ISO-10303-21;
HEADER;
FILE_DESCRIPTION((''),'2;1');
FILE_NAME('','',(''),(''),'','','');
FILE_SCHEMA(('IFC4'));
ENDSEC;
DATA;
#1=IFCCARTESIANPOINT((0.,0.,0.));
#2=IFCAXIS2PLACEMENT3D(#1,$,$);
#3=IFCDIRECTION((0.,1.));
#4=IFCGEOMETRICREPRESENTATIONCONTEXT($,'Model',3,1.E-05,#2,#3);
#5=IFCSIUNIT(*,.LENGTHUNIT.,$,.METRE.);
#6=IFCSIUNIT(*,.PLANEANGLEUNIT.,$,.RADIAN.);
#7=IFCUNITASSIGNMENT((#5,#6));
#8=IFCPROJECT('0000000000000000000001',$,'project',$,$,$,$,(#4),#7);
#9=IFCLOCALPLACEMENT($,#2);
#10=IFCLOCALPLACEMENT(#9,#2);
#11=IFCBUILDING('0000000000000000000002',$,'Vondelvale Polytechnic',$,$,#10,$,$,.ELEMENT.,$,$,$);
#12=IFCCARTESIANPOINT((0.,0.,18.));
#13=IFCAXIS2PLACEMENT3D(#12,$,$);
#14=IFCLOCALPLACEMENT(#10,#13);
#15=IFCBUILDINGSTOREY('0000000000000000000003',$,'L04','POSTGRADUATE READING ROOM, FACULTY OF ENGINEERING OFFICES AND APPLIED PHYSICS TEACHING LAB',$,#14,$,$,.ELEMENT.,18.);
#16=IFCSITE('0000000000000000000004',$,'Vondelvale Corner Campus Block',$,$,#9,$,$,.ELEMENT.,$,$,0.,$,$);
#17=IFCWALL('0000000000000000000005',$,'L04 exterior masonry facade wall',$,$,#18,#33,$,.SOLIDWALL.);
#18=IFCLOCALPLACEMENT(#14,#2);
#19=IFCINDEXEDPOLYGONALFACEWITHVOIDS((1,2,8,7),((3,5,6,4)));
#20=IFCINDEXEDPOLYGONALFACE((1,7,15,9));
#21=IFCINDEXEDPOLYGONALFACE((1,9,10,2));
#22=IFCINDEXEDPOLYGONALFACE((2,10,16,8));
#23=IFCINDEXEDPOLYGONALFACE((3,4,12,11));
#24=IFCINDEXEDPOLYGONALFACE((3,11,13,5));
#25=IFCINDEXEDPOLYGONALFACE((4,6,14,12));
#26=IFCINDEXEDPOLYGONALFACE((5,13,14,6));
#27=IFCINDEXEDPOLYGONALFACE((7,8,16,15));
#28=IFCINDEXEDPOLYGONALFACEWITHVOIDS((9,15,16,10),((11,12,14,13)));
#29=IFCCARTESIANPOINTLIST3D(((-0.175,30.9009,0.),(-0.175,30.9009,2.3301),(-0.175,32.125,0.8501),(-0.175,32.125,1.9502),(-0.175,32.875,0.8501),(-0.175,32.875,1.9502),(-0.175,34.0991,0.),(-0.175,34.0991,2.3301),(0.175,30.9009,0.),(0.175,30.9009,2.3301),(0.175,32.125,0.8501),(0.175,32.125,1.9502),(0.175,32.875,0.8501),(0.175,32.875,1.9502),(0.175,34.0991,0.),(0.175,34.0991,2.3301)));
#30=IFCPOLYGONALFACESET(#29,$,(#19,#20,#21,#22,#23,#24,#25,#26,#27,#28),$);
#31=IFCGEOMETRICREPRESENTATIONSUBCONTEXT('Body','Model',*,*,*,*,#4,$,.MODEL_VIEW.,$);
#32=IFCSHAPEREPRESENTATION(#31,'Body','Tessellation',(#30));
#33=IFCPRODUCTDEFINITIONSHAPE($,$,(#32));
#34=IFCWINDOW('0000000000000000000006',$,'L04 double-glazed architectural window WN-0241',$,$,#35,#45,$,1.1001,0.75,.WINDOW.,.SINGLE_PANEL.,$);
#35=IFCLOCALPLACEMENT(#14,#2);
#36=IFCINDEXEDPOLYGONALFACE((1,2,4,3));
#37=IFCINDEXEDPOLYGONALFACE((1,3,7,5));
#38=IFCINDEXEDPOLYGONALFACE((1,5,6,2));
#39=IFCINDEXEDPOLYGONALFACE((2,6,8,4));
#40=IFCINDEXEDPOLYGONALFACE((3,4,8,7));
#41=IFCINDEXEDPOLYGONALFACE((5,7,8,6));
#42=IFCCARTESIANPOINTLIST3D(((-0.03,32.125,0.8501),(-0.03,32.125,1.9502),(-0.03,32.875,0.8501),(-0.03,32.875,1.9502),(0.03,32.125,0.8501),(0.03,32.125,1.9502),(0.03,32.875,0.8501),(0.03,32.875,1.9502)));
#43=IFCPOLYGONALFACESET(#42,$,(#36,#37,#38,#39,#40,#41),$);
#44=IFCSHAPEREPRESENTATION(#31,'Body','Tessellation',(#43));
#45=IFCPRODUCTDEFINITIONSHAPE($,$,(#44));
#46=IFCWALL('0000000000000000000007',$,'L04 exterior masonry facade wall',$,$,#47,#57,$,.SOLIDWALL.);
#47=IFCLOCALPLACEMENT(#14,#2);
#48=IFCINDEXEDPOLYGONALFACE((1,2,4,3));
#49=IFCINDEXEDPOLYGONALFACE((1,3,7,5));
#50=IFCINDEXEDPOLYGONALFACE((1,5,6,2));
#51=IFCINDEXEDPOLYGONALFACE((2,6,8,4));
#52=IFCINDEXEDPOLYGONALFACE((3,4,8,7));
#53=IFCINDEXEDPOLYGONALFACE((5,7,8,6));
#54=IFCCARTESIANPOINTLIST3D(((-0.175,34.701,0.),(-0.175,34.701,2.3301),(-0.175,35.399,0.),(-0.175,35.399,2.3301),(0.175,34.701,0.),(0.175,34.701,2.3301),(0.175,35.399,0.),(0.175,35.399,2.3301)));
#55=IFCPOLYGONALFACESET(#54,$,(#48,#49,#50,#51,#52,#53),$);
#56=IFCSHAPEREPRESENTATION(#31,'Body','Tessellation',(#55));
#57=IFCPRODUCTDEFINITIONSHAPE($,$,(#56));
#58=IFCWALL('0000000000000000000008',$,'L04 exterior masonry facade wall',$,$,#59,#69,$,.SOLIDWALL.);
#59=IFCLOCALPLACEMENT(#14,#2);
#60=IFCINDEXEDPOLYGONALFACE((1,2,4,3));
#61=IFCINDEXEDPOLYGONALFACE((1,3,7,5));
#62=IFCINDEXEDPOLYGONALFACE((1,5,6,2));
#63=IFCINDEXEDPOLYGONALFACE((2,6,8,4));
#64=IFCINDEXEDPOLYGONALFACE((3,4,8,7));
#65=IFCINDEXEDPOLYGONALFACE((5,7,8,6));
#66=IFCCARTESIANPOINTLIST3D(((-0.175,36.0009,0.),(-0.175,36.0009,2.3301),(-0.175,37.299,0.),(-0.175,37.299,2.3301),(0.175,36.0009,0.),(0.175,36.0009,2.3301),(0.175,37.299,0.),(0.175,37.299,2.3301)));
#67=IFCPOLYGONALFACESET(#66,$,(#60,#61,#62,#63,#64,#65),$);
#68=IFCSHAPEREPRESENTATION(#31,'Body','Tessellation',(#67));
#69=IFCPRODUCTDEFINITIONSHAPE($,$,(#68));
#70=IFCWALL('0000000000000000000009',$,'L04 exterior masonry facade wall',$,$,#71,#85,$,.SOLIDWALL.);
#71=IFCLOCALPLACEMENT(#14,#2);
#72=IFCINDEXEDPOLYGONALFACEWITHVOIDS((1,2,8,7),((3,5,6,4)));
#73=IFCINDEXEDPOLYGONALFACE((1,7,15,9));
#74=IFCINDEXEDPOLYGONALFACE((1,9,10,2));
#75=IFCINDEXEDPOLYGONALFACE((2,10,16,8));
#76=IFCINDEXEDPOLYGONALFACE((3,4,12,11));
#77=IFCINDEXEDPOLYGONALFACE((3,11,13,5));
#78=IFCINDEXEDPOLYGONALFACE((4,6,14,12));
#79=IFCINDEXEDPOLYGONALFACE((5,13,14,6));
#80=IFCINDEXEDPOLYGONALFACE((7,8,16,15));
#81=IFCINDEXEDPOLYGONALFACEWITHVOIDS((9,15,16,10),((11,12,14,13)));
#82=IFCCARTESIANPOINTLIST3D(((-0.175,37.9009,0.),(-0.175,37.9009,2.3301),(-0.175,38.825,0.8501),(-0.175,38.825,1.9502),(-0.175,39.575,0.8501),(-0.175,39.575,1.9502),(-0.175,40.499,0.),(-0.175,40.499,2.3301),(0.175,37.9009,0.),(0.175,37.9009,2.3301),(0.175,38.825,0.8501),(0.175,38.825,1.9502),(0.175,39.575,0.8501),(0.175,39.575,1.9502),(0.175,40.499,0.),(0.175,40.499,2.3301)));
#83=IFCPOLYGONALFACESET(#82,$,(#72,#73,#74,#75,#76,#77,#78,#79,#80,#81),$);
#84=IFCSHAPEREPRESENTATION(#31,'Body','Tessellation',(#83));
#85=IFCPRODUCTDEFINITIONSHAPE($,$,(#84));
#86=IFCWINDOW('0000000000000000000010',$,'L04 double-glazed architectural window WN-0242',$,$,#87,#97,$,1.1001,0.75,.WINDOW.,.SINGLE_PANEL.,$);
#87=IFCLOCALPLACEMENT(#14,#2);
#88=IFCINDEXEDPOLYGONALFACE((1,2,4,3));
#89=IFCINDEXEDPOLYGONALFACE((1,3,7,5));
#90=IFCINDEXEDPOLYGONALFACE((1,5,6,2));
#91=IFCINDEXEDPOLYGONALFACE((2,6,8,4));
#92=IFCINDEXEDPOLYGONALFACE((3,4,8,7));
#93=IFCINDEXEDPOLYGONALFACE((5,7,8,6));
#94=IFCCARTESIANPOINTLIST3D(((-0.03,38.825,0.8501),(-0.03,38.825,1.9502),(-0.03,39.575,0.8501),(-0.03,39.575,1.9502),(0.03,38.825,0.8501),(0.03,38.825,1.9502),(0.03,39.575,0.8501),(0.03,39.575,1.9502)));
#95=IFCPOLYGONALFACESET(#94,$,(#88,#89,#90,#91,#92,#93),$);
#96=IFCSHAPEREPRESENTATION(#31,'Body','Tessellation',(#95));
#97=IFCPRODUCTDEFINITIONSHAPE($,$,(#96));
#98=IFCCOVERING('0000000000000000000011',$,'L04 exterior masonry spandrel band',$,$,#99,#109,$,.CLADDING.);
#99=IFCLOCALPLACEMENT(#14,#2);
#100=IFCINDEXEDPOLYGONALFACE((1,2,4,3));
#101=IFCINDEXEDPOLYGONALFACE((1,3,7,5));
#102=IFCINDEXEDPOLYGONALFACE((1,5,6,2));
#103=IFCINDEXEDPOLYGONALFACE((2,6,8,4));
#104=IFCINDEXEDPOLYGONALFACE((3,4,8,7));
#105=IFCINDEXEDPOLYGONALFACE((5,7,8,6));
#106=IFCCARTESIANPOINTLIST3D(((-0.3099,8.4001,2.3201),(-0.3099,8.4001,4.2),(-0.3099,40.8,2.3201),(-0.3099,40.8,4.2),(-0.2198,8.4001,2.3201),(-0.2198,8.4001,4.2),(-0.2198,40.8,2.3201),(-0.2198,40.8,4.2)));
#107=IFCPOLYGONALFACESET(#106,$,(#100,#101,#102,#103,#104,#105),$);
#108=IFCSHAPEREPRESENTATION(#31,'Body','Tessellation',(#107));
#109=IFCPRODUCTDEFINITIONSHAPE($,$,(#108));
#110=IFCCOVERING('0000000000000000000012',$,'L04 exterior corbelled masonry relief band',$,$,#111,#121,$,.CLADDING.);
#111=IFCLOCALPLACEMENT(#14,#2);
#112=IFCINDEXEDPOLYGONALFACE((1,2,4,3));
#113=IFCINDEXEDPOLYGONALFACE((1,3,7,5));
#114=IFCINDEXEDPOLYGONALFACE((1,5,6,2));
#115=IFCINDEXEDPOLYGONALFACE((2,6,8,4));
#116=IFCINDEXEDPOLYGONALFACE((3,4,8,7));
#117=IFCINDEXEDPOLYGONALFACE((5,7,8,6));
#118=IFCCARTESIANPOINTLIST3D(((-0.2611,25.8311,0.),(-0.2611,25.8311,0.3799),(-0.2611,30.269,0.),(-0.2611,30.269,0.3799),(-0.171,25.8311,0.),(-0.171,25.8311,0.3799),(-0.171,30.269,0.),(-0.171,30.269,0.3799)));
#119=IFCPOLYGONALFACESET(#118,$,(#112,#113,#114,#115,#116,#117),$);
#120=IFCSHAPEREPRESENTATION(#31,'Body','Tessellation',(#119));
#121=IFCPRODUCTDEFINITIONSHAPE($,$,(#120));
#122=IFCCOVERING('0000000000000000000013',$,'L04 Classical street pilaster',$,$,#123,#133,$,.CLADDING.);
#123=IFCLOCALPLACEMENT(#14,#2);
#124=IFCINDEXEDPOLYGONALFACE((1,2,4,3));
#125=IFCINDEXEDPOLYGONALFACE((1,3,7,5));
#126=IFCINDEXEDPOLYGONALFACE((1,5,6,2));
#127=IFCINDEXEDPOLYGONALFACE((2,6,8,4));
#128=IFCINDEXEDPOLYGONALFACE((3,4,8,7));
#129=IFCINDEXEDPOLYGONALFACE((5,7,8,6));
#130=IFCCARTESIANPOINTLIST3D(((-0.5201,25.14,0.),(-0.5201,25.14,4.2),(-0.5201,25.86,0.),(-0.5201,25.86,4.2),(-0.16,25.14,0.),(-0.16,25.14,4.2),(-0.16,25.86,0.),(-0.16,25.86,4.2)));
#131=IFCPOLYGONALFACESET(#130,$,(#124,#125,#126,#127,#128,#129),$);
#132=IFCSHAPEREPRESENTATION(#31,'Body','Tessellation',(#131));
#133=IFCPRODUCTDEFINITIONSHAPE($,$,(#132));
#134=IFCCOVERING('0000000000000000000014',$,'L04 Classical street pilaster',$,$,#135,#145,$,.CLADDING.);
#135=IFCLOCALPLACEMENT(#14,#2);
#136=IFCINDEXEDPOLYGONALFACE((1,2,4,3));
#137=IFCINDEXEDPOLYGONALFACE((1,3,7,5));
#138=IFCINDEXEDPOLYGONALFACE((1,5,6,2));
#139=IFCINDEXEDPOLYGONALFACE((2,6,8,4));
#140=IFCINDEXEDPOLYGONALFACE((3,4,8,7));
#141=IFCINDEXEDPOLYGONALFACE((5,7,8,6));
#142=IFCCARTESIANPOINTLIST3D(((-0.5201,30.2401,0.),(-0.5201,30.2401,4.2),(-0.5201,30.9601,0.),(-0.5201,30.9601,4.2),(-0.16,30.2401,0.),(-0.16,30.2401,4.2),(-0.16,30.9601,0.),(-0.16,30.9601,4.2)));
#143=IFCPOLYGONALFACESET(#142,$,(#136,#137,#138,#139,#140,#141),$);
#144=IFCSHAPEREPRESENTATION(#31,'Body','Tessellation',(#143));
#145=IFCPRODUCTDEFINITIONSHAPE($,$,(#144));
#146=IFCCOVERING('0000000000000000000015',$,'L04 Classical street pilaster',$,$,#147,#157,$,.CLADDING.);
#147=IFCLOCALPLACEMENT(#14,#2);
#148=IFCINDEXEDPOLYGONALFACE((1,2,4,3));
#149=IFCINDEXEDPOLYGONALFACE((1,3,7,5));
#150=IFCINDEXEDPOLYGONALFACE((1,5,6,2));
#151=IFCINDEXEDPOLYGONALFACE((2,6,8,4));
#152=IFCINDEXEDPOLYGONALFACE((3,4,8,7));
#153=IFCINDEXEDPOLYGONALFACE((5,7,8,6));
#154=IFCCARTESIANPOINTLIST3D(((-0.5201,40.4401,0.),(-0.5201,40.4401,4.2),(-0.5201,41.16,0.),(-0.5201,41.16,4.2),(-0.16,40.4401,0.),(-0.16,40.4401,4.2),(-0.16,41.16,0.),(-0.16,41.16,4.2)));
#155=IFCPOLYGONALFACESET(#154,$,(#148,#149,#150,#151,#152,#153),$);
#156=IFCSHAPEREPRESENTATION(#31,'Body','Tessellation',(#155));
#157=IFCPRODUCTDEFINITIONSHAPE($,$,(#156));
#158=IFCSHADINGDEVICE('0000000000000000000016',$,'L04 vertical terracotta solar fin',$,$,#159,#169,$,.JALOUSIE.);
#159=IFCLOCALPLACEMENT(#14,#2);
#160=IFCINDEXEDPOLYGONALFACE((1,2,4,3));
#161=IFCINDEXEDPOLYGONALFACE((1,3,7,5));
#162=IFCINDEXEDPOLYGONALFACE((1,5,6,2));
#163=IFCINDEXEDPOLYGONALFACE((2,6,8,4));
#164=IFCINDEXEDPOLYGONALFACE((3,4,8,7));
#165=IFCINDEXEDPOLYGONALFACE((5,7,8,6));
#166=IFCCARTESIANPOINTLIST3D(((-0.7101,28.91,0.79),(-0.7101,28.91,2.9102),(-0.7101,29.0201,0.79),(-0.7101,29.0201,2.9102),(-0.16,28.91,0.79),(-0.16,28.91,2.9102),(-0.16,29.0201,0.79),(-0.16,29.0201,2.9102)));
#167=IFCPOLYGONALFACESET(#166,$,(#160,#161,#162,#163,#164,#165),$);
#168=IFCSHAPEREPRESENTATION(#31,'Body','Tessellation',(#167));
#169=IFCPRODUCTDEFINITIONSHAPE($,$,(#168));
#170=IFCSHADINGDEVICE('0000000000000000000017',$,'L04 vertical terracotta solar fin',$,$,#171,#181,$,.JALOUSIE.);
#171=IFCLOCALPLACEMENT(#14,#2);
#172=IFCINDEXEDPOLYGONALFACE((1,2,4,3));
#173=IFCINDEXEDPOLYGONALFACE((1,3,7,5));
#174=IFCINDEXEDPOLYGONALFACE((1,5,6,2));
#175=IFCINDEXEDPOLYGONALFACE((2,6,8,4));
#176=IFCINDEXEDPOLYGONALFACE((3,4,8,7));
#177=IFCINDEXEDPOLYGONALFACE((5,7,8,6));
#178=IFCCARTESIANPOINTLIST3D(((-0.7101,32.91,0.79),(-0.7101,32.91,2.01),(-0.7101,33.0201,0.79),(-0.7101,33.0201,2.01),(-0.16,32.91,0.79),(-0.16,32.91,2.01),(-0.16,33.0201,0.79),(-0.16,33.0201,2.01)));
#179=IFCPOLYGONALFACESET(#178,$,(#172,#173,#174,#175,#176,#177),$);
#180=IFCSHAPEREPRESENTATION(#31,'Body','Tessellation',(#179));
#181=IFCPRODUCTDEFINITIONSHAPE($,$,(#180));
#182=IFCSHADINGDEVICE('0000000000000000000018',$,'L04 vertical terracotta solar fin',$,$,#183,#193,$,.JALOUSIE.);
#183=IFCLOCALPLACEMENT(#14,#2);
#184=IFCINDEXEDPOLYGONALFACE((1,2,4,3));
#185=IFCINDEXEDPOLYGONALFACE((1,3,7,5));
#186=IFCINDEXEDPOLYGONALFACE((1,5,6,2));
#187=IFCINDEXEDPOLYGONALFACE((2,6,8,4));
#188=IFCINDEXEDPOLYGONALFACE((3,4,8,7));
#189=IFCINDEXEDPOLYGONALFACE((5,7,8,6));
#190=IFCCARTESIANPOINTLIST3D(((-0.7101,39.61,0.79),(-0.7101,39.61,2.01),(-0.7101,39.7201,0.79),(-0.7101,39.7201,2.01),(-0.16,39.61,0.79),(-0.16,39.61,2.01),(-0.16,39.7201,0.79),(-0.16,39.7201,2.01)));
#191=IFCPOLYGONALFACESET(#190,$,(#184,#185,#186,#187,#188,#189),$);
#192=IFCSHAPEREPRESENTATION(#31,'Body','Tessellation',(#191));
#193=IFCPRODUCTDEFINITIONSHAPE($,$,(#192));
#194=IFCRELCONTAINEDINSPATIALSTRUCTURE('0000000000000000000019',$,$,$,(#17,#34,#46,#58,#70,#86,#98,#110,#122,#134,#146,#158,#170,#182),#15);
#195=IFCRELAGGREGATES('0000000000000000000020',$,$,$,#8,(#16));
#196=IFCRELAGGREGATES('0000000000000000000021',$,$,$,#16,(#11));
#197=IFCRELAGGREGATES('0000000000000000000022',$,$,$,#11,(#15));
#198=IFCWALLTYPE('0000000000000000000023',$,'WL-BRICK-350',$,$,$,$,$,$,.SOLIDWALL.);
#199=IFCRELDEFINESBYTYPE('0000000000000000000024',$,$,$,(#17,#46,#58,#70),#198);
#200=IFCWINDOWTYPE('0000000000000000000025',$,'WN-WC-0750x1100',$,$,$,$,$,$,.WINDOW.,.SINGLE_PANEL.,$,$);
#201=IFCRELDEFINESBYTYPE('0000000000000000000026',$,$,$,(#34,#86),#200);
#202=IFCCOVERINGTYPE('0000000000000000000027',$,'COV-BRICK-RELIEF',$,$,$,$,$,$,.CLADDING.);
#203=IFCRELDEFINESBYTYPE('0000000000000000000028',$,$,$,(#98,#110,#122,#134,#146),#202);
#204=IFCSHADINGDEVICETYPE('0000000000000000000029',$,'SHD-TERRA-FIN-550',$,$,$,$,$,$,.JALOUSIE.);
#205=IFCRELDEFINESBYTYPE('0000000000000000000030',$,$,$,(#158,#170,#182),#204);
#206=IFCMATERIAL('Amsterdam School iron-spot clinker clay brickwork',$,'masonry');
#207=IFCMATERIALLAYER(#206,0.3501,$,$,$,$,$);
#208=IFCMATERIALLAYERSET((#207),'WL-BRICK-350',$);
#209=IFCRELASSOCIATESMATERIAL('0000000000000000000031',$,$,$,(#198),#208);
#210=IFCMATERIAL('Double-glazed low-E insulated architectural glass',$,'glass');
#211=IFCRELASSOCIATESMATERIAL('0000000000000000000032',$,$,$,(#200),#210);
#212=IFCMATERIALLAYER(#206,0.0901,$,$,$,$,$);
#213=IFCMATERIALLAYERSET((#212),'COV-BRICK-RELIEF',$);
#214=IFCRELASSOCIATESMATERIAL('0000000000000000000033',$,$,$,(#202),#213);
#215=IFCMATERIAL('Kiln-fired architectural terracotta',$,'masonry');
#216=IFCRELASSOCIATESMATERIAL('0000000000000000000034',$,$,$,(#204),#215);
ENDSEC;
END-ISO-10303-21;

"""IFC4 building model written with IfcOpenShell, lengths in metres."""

from ifc_helpers import new_model, si_unit, direction, frame, frame_2d, origin, origin_2d, place, context, subcontext, project, spatial, rectangle, extrude, material, layer, layer_set, type_object, element, fill, save


model = new_model("IFC4")

# Units and contexts
model_context = context("Model", 3, precision=1e-05, world=origin(), true_north=direction((0.0, 1.0)))
body_context = subcontext(model_context, "Body", "Model", "MODEL_VIEW")
ifc_project = project(units=[si_unit("LENGTHUNIT", "METRE"), si_unit("PLANEANGLEUNIT", "RADIAN")], contexts=[model_context])

# Site, building, storey
site_placement = place(None, origin())
site = spatial("IfcSite", under=ifc_project, at=site_placement, Name="Vondelvale Corner Campus Block", CompositionType="ELEMENT", RefElevation=0.0)
building_placement = place(site_placement, origin())
building = spatial("IfcBuilding", under=site, at=building_placement, Name="Vondelvale Polytechnic", CompositionType="ELEMENT")
storey_placement = place(building_placement, frame((0.0, 0.0, 18.0)))
storey = spatial("IfcBuildingStorey", under=building, at=storey_placement, Name="L04", Description="POSTGRADUATE READING ROOM, FACULTY OF ENGINEERING OFFICES AND APPLIED PHYSICS TEACHING LAB", CompositionType="ELEMENT", Elevation=18.0)

# Wall, opening, window
ifc_material_1 = material(Name="Amsterdam School iron-spot clinker clay brickwork", Category="masonry")
ifc_layer_1 = layer(ifc_material_1, 0.3501)
ifc_layer_set_1 = layer_set([ifc_layer_1], Name="WL-BRICK-350")
wall_type = type_object("IfcWallType", Name="WL-BRICK-350", PredefinedType="SOLIDWALL", material=ifc_layer_set_1)
ifc_material_2 = material(Name="Double-glazed low-E insulated architectural glass", Category="glass")
wall_1_placement = place(storey_placement, frame((0.0, 30.9009, 0.0), z_axis=(0.0, 0.0, 1.0), x_axis=(0.0, 1.0, 0.0)))
wall_1 = element("IfcWall", 1, at=wall_1_placement, inside=storey, type_object=wall_type, Name="L04 exterior masonry facade wall", PredefinedType="SOLIDWALL", context=body_context, shape_type="SweptSolid", body=[
    extrude(rectangle(XDim=3.1982, YDim=0.3501, at=frame_2d((1.5991, 0.0))), origin(), (0.0, 0.0, 1.0), 2.3301),
])
opening_1_placement = place(wall_1_placement, frame((1.2241, 0.0, 0.8501)))
opening_1 = element("IfcOpeningElement", 2, at=opening_1_placement, cuts=wall_1, PredefinedType="OPENING", context=body_context, shape_type="SweptSolid", body=[
    extrude(rectangle(XDim=0.75, YDim=1.1001, at=frame_2d((0.375, 0.55))), frame((0.0, 0.1851, 0.0), z_axis=(0.0, -1.0, 0.0), x_axis=(1.0, 0.0, 0.0)), (0.0, 0.0, 1.0), 0.3701),
])
window_type_1 = type_object("IfcWindowType", Name="WN-WC-0750x1100", PartitioningType="SINGLE_PANEL", PredefinedType="WINDOW", material=ifc_material_2)
window_1_placement = place(opening_1_placement, origin())
window_1 = element("IfcWindow", 3, at=window_1_placement, inside=storey, type_object=window_type_1, Name="L04 double-glazed architectural window WN-0241", OverallHeight=1.1001, OverallWidth=0.75, PartitioningType="SINGLE_PANEL", PredefinedType="WINDOW", context=body_context, shape_type="SweptSolid", body=[
    extrude(rectangle(XDim=0.75, YDim=1.1001, at=frame_2d((0.375, 0.55))), frame((0.0, 0.03, 0.0), z_axis=(0.0, -1.0, 0.0), x_axis=(1.0, 0.0, 0.0)), (0.0, 0.0, 1.0), 0.0601),
])
fill(opening_1, window_1)

# Walls
wall_2_placement = place(storey_placement, frame((0.0, 34.7009, 0.0), z_axis=(0.0, 0.0, 1.0), x_axis=(0.0, 1.0, 0.0)))
element("IfcWall", 4, at=wall_2_placement, inside=storey, type_object=wall_type, Name="L04 exterior masonry facade wall", PredefinedType="SOLIDWALL", context=body_context, shape_type="SweptSolid", body=[
    extrude(rectangle(XDim=0.698, YDim=0.3501, at=frame_2d((0.3491, 0.0))), origin(), (0.0, 0.0, 1.0), 2.3301),
])
wall_3_placement = place(storey_placement, frame((0.0, 36.001, 0.0), z_axis=(0.0, 0.0, 1.0), x_axis=(0.0, 1.0, 0.0)))
element("IfcWall", 5, at=wall_3_placement, inside=storey, type_object=wall_type, Name="L04 exterior masonry facade wall", PredefinedType="SOLIDWALL", context=body_context, shape_type="SweptSolid", body=[
    extrude(rectangle(XDim=1.2981, YDim=0.3501, at=frame_2d((0.6489, 0.0))), origin(), (0.0, 0.0, 1.0), 2.3301),
])

# Wall, opening, window
wall_4_placement = place(storey_placement, frame((0.0, 37.9009, 0.0), z_axis=(0.0, 0.0, 1.0), x_axis=(0.0, 1.0, 0.0)))
wall_4 = element("IfcWall", 6, at=wall_4_placement, inside=storey, type_object=wall_type, Name="L04 exterior masonry facade wall", PredefinedType="SOLIDWALL", context=body_context, shape_type="SweptSolid", body=[
    extrude(rectangle(XDim=2.5981, YDim=0.3501, at=frame_2d((1.2991, 0.0))), origin(), (0.0, 0.0, 1.0), 2.3301),
])
opening_2_placement = place(wall_4_placement, frame((0.9241, 0.0, 0.8501)))
opening_2 = element("IfcOpeningElement", 7, at=opening_2_placement, cuts=wall_4, PredefinedType="OPENING", context=body_context, shape_type="SweptSolid", body=[
    extrude(rectangle(XDim=0.75, YDim=1.1001, at=frame_2d((0.375, 0.55))), frame((0.0, 0.1851, 0.0), z_axis=(0.0, -1.0, 0.0), x_axis=(1.0, 0.0, 0.0)), (0.0, 0.0, 1.0), 0.3701),
])
window_2_placement = place(opening_2_placement, origin())
window_2 = element("IfcWindow", 8, at=window_2_placement, inside=storey, type_object=window_type_1, Name="L04 double-glazed architectural window WN-0242", OverallHeight=1.1001, OverallWidth=0.75, PartitioningType="SINGLE_PANEL", PredefinedType="WINDOW", context=body_context, shape_type="SweptSolid", body=[
    extrude(rectangle(XDim=0.75, YDim=1.1001, at=frame_2d((0.375, 0.55))), frame((0.0, 0.03, 0.0), z_axis=(0.0, -1.0, 0.0), x_axis=(1.0, 0.0, 0.0)), (0.0, 0.0, 1.0), 0.0601),
])
fill(opening_2, window_2)

# Coverings
ifc_layer_2 = layer(ifc_material_1, 0.0901)
ifc_layer_set_2 = layer_set([ifc_layer_2], Name="COV-BRICK-RELIEF")
covering_type = type_object("IfcCoveringType", Name="COV-BRICK-RELIEF", PredefinedType="CLADDING", material=ifc_layer_set_2)
covering_1_placement = place(storey_placement, frame((-0.2649, 24.6001, 2.3201), z_axis=(0.0, 0.0, 1.0), x_axis=(0.0, 1.0, 0.0)))
element("IfcCovering", 9, at=covering_1_placement, inside=storey, type_object=covering_type, Name="L04 exterior masonry spandrel band", PredefinedType="CLADDING", context=body_context, shape_type="SweptSolid", body=[
    extrude(rectangle(XDim=32.3999, YDim=0.0901, at=origin_2d()), origin(), (0.0, 0.0, 1.0), 1.8799),
])
covering_2_placement = place(storey_placement, frame((-0.2161, 28.05, 0.0), z_axis=(0.0, 0.0, 1.0), x_axis=(0.0, 1.0, 0.0)))
element("IfcCovering", 10, at=covering_2_placement, inside=storey, type_object=covering_type, Name="L04 exterior corbelled masonry relief band", PredefinedType="CLADDING", context=body_context, shape_type="SweptSolid", body=[
    extrude(rectangle(XDim=4.438, YDim=0.0901, at=origin_2d()), origin(), (0.0, 0.0, 1.0), 0.3799),
])
for number, where, z_axis, x_axis, name in (
    (11, (-0.3401, 25.5, 0.0), (0.0, 0.0, 1.0), (1.0, 0.0, 0.0), "L04 Classical street pilaster"),
    (12, (-0.3401, 30.6001, 0.0), (0.0, 0.0, 1.0), (1.0, 0.0, 0.0), "L04 Classical street pilaster"),
    (13, (-0.3401, 40.8, 0.0), (0.0, 0.0, 1.0), (1.0, 0.0, 0.0), "L04 Classical street pilaster"),
):
    element("IfcCovering", number, at=place(storey_placement, frame(where, z_axis=z_axis, x_axis=x_axis)), inside=storey, type_object=covering_type, Name=name, PredefinedType="CLADDING", context=body_context, shape_type="SweptSolid", body=[
        extrude(rectangle(XDim=0.3601, YDim=0.72, at=origin_2d()), origin(), (0.0, 0.0, 1.0), 4.2),
    ])

# Shading devices
ifc_material_3 = material(Name="Kiln-fired architectural terracotta", Category="masonry")
shading_device_type = type_object("IfcShadingDeviceType", Name="SHD-TERRA-FIN-550", PredefinedType="JALOUSIE", material=ifc_material_3)
shading_device_placement = place(storey_placement, frame((-0.4351, 28.9651, 0.79), z_axis=(0.0, 0.0, 1.0), x_axis=(0.0, 1.0, 0.0)))
element("IfcShadingDevice", 14, at=shading_device_placement, inside=storey, type_object=shading_device_type, Name="L04 vertical terracotta solar fin", PredefinedType="JALOUSIE", context=body_context, shape_type="SweptSolid", body=[
    extrude(rectangle(XDim=0.1101, YDim=0.55, at=origin_2d()), origin(), (0.0, 0.0, 1.0), 2.1201),
])
for number, where, z_axis, x_axis, name in (
    (15, (-0.4351, 32.9651, 0.79), (0.0, 0.0, 1.0), (0.0, 1.0, 0.0), "L04 vertical terracotta solar fin"),
    (16, (-0.4351, 39.665, 0.79), (0.0, 0.0, 1.0), (0.0, 1.0, 0.0), "L04 vertical terracotta solar fin"),
):
    element("IfcShadingDevice", number, at=place(storey_placement, frame(where, z_axis=z_axis, x_axis=x_axis)), inside=storey, type_object=shading_device_type, Name=name, PredefinedType="JALOUSIE", context=body_context, shape_type="SweptSolid", body=[
        extrude(rectangle(XDim=0.1101, YDim=0.55, at=origin_2d()), origin(), (0.0, 0.0, 1.0), 1.22),
    ])

save(model, "model.ifc")
